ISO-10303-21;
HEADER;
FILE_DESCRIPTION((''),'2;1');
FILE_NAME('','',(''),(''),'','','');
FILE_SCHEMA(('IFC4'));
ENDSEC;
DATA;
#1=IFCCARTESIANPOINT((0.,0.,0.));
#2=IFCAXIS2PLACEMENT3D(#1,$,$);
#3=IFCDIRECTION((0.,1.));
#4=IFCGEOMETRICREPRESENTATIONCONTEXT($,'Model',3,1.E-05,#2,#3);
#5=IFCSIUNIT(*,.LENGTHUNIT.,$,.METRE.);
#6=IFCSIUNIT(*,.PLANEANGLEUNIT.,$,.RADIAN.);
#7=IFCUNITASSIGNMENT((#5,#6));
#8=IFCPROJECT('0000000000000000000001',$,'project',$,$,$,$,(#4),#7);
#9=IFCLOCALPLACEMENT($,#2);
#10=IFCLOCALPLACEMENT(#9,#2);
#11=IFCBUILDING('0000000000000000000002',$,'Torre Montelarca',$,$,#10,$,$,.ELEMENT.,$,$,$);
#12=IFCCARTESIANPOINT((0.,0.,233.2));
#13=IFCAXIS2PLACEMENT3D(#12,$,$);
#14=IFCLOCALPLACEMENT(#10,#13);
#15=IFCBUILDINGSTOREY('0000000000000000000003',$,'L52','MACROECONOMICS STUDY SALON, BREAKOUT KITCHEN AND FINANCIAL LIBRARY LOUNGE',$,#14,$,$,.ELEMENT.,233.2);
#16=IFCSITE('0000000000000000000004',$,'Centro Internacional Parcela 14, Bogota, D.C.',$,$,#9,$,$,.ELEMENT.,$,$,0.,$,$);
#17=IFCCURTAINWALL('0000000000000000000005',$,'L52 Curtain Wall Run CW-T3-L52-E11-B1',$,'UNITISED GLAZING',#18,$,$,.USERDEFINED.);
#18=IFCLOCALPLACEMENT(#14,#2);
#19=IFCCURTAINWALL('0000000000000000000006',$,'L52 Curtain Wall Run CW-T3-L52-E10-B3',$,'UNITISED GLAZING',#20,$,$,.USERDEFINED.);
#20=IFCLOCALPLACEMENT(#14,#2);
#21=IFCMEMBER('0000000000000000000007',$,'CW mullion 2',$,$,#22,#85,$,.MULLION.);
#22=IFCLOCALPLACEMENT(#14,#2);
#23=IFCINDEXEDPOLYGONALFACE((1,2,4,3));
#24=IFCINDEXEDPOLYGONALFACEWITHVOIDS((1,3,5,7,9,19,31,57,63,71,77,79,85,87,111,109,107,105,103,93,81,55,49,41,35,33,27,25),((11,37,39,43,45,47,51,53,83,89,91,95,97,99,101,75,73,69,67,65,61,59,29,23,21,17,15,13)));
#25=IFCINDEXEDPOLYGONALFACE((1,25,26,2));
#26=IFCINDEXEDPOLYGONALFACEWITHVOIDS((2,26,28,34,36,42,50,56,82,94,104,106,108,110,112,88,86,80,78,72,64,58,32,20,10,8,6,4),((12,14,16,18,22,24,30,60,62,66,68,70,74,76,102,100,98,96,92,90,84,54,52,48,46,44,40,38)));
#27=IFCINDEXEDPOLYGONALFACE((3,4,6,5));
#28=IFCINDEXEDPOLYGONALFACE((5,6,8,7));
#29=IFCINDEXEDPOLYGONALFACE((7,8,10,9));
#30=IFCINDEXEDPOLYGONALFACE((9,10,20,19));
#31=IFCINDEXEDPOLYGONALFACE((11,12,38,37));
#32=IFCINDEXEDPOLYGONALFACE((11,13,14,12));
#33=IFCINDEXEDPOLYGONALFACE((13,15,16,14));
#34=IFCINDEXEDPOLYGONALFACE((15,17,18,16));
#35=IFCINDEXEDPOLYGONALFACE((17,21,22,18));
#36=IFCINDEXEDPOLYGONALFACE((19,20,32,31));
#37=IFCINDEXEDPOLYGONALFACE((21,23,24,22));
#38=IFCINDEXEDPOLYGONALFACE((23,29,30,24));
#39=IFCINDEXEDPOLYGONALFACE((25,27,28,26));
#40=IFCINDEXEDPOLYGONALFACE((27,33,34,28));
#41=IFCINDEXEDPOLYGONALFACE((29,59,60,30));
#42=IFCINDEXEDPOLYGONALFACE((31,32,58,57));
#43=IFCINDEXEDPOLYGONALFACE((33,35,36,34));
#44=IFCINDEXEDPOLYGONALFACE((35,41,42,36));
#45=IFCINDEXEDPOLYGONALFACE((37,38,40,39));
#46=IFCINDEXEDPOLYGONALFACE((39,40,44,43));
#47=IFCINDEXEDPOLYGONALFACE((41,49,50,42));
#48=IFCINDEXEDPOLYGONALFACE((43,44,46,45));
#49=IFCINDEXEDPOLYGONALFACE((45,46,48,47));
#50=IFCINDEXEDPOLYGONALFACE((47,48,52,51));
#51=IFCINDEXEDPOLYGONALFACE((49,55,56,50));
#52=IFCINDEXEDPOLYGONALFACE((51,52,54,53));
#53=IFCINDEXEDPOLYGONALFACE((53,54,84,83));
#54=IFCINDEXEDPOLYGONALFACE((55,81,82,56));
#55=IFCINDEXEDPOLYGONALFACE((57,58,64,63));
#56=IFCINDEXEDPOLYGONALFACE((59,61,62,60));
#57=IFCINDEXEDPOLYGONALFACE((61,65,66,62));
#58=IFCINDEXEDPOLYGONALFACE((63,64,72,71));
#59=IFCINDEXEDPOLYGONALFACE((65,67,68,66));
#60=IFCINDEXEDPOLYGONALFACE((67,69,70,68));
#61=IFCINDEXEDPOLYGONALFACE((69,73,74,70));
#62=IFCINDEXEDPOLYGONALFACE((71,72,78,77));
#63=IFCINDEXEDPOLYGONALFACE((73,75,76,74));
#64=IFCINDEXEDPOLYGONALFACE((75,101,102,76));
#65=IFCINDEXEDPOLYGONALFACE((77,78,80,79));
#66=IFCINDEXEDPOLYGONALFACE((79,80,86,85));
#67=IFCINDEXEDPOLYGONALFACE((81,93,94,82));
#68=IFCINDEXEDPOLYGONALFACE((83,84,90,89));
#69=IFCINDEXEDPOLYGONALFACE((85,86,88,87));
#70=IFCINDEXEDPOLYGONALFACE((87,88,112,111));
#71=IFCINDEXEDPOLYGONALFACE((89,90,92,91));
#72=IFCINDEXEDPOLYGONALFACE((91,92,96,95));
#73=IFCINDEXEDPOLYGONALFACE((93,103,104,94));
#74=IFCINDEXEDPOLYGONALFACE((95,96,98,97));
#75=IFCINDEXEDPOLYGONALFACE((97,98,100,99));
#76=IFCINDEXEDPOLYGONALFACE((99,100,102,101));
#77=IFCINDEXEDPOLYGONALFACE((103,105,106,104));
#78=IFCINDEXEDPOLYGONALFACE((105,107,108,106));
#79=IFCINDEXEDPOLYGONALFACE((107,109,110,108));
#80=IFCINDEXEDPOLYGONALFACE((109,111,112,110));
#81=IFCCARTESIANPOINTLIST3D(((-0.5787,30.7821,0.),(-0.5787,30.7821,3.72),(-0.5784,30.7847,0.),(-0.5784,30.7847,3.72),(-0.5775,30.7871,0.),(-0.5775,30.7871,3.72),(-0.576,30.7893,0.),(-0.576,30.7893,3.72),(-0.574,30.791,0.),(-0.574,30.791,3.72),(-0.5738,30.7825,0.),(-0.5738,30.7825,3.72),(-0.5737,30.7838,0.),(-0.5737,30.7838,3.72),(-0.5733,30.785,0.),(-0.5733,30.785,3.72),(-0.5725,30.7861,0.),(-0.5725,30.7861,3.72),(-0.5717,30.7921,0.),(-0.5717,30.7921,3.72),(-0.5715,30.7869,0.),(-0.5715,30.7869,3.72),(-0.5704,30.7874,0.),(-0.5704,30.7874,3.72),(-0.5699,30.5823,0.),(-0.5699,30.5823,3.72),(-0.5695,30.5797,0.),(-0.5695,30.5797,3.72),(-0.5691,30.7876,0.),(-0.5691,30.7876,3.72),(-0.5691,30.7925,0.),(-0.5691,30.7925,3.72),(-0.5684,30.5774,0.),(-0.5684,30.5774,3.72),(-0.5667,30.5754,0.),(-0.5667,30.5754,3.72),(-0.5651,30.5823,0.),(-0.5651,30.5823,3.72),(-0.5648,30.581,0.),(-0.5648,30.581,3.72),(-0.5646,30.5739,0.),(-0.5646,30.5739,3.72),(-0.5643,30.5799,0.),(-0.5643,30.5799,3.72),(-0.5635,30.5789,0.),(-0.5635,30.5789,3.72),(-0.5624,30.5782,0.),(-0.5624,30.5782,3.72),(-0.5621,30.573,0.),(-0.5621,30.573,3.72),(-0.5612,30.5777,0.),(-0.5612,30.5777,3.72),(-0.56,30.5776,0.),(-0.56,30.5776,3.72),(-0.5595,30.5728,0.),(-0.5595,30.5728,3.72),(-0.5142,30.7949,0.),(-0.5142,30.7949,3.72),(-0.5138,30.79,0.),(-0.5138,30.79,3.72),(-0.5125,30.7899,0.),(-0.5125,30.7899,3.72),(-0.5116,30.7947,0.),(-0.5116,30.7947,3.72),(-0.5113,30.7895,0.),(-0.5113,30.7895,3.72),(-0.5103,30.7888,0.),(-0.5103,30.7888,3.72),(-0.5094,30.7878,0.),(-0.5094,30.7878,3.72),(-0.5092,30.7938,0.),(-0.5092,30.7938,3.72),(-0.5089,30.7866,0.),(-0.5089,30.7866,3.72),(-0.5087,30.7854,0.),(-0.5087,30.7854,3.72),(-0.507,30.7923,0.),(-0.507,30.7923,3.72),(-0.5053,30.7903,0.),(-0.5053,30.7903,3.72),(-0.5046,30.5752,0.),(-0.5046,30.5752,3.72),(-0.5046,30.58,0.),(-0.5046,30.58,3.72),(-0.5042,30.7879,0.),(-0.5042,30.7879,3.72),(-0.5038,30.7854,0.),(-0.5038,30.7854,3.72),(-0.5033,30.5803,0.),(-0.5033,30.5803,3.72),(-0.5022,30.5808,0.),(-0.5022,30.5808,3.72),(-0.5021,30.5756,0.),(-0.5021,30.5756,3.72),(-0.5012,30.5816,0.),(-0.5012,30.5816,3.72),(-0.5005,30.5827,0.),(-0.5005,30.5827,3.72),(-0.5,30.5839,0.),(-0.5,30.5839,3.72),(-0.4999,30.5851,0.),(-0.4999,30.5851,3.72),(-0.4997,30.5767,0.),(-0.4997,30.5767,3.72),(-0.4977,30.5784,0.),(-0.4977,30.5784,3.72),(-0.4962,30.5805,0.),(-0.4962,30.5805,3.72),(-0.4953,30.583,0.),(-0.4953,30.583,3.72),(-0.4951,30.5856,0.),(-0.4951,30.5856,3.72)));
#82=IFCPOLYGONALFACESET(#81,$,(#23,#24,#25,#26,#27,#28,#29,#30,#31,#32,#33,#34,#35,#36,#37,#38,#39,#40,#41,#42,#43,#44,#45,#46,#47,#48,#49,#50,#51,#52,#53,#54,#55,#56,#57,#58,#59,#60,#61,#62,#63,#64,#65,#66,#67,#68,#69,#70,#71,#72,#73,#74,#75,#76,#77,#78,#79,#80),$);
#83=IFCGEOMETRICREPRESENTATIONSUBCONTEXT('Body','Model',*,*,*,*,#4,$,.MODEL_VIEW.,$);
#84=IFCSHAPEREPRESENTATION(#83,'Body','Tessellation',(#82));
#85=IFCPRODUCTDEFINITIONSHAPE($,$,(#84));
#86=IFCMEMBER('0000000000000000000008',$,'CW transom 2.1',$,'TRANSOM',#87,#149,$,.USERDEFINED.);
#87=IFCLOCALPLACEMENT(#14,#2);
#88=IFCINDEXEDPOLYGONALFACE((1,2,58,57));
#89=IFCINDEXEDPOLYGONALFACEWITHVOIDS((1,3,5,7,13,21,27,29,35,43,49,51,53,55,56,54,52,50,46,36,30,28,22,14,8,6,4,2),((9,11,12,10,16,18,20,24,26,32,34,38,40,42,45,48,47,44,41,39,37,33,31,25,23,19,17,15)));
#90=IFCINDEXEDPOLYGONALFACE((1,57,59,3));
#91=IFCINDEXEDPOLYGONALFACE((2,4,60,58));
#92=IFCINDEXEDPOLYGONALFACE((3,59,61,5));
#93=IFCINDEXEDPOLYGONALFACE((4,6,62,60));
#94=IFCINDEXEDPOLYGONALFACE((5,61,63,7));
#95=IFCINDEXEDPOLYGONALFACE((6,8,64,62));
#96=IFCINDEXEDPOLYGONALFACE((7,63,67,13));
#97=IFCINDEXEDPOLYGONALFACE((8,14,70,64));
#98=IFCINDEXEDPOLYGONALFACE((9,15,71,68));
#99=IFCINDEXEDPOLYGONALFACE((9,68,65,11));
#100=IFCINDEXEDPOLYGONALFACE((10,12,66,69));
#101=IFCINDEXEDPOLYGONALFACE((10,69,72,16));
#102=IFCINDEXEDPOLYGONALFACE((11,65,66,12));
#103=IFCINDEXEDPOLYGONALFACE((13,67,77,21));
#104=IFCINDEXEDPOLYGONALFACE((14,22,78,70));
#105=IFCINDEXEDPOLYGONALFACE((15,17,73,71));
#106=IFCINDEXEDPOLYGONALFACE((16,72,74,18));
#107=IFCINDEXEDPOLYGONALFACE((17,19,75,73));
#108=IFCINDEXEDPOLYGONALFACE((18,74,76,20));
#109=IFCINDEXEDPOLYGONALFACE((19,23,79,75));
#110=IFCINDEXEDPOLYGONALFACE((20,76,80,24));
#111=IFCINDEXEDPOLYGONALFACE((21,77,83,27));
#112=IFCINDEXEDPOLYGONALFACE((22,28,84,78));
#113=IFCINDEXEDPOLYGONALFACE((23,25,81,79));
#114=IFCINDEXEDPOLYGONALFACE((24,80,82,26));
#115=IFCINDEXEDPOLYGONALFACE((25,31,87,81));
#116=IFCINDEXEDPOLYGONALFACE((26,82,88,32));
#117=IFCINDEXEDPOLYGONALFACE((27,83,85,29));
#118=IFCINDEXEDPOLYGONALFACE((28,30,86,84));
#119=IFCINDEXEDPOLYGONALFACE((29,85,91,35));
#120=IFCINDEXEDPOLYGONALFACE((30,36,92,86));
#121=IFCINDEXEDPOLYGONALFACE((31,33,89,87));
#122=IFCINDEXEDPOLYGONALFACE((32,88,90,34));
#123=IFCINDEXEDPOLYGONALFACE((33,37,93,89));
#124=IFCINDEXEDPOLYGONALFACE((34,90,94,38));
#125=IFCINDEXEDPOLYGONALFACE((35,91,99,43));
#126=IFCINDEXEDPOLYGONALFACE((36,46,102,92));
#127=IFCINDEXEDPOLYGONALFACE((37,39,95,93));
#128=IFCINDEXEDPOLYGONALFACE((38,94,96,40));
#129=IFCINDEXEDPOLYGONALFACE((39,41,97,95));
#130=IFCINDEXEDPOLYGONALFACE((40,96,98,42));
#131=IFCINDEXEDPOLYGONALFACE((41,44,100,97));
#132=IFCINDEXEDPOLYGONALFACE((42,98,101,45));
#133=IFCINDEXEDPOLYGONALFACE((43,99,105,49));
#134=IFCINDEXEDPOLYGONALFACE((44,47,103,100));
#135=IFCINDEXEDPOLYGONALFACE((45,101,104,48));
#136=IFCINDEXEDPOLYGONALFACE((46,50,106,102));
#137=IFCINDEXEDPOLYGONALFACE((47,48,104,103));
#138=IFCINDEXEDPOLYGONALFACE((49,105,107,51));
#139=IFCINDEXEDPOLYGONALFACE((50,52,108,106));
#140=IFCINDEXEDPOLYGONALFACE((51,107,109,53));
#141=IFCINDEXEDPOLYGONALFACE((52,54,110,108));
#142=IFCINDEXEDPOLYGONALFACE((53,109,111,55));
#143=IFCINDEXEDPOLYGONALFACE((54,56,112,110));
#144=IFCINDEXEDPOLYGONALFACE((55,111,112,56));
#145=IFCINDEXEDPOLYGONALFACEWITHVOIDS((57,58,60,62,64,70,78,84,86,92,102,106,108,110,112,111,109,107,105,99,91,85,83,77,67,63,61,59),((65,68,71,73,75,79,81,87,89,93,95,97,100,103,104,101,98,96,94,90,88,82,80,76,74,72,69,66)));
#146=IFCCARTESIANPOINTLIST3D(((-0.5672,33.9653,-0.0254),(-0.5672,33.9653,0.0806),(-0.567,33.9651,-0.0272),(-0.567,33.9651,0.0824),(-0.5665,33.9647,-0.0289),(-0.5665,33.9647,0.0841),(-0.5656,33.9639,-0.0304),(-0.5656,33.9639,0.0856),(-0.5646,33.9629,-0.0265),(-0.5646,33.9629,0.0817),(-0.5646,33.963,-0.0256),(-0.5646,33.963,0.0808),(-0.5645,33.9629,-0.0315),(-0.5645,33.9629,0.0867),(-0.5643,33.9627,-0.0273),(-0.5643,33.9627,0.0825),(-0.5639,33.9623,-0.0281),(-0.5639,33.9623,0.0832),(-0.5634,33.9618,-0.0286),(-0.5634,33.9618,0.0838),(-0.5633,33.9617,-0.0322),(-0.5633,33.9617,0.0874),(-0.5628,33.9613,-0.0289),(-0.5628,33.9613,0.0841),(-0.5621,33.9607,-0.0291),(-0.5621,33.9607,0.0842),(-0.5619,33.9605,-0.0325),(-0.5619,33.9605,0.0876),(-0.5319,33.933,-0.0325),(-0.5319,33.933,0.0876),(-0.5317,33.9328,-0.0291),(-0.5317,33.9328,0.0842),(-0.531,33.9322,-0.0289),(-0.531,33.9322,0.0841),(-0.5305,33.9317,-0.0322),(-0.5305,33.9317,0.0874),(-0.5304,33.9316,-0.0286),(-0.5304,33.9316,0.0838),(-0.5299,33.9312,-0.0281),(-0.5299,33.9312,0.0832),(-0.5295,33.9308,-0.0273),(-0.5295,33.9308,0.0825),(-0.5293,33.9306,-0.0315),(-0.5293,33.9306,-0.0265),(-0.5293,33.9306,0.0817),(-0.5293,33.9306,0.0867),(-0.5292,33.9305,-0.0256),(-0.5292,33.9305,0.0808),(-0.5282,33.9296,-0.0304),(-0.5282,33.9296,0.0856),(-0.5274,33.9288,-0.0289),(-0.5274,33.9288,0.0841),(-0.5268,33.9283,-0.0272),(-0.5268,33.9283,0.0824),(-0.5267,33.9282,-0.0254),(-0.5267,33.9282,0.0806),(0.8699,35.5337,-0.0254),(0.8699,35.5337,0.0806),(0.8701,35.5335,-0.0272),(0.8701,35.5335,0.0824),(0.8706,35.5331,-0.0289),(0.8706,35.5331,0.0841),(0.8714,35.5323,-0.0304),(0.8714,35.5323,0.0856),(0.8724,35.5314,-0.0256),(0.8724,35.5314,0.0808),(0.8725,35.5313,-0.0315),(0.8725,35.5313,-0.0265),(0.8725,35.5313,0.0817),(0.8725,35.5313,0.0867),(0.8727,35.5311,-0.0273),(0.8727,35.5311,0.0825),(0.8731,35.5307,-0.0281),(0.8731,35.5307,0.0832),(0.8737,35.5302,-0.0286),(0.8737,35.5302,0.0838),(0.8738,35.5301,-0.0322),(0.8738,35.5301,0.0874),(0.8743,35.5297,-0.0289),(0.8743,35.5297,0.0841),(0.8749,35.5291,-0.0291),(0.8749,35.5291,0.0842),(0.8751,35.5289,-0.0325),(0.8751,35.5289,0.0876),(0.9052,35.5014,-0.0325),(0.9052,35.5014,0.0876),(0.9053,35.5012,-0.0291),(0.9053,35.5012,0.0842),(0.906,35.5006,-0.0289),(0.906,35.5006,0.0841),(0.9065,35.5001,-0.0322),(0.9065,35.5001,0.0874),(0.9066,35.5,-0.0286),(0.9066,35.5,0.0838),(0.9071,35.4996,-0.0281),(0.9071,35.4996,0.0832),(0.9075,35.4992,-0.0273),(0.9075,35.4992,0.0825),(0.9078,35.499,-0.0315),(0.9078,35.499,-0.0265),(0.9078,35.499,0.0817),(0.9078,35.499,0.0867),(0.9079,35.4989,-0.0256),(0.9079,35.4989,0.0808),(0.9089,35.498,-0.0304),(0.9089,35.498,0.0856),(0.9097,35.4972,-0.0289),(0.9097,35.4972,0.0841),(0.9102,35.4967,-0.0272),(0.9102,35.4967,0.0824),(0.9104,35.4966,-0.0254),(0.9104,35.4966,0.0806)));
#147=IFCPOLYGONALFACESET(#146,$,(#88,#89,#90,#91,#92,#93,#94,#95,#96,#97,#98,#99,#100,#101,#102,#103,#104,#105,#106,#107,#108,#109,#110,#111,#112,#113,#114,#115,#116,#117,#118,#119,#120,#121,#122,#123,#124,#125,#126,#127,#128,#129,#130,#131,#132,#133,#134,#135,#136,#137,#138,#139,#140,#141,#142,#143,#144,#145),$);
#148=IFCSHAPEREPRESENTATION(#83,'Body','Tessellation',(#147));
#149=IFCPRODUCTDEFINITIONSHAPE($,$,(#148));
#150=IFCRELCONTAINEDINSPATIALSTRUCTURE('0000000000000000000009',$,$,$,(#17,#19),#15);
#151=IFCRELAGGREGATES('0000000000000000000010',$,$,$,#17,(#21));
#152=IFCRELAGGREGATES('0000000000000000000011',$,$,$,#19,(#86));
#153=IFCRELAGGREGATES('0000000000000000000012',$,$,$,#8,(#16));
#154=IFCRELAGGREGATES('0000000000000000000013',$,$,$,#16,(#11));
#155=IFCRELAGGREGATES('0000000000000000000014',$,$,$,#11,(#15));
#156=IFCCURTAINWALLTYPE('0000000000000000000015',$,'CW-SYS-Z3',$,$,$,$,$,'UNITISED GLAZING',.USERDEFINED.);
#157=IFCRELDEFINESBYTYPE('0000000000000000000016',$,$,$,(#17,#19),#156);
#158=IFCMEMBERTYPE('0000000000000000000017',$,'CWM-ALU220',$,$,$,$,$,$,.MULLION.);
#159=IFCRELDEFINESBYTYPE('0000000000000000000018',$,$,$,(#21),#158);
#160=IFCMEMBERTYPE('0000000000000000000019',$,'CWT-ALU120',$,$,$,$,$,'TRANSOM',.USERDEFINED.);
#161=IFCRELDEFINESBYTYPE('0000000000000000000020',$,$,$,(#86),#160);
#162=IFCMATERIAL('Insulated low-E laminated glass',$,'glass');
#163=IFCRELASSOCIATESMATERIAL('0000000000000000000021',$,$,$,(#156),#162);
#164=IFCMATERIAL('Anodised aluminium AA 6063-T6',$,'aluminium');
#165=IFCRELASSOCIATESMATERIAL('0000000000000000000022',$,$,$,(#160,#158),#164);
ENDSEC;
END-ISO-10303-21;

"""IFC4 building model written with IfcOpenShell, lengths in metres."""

from ifc_helpers import new_model, si_unit, direction, frame, origin, origin_2d, place, context, subcontext, project, spatial, hollow_rectangle, extrude, source, transform, mapped, material, material_profile, profile_set, type_object, element, aggregate, save


model = new_model("IFC4")

# Units and contexts
model_context = context("Model", 3, precision=1e-05, world=origin(), true_north=direction((0.0, 1.0)))
body_context = subcontext(model_context, "Body", "Model", "MODEL_VIEW")
ifc_project = project(units=[si_unit("LENGTHUNIT", "METRE"), si_unit("PLANEANGLEUNIT", "RADIAN")], contexts=[model_context])

# Site, building, storey
site_placement = place(None, origin())
site = spatial("IfcSite", under=ifc_project, at=site_placement, Name="Centro Internacional Parcela 14, Bogota, D.C.", CompositionType="ELEMENT", RefElevation=0.0)
building_placement = place(site_placement, origin())
building = spatial("IfcBuilding", under=site, at=building_placement, Name="Torre Montelarca", CompositionType="ELEMENT")
storey_placement = place(building_placement, frame((0.0, 0.0, 233.2)))
storey = spatial("IfcBuildingStorey", under=building, at=storey_placement, Name="L52", Description="MACROECONOMICS STUDY SALON, BREAKOUT KITCHEN AND FINANCIAL LIBRARY LOUNGE", CompositionType="ELEMENT", Elevation=233.2)

# Curtain wall
ifc_material_1 = material(Name="Insulated low-E laminated glass", Category="glass")
curtain_wall_type = type_object("IfcCurtainWallType", Name="CW-SYS-Z3", ElementType="UNITISED GLAZING", PredefinedType="USERDEFINED", material=ifc_material_1)
curtain_wall_1_placement = place(storey_placement, origin())
curtain_wall_1 = element("IfcCurtainWall", 1, at=curtain_wall_1_placement, inside=storey, type_object=curtain_wall_type, Name="L52 Curtain Wall Run CW-T3-L52-E11-B1", ObjectType="UNITISED GLAZING", PredefinedType="USERDEFINED")
ifc_material_2 = material(Name="Anodised aluminium AA 6063-T6", Category="aluminium")
ifc_material_profile_1 = material_profile(ifc_material_2, hollow_rectangle(XDim=0.0549, YDim=0.1201, WallThickness=0.0034, InnerFilletRadius=0.0034, OuterFilletRadius=0.0071, at=origin_2d()), Name="ALU55X120X3.5", Category="aluminium")
ifc_profile_set_1 = profile_set([ifc_material_profile_1], Name="Anodised aluminium AA 6063-T6")
member_type_1 = type_object("IfcMemberType", Name="CWT-ALU120", ElementType="TRANSOM", PredefinedType="USERDEFINED", material=ifc_profile_set_1)

# Curtain wall
curtain_wall_2_placement = place(storey_placement, origin())
curtain_wall_2 = element("IfcCurtainWall", 2, at=curtain_wall_2_placement, inside=storey, type_object=curtain_wall_type, Name="L52 Curtain Wall Run CW-T3-L52-E10-B3", ObjectType="UNITISED GLAZING", PredefinedType="USERDEFINED")
ifc_material_profile_2 = material_profile(ifc_material_2, hollow_rectangle(XDim=0.075, YDim=0.22, WallThickness=0.0049, InnerFilletRadius=0.0049, OuterFilletRadius=0.01, at=origin_2d()), Name="ALU75X220X5", Category="aluminium")
ifc_profile_set_2 = profile_set([ifc_material_profile_2], Name="Anodised aluminium AA 6063-T6")
member_type_2 = type_object("IfcMemberType", Name="CWM-ALU220", PredefinedType="MULLION", material=ifc_profile_set_2)
shared_shape_1 = source(origin(), body_context, "Body", "SweptSolid", [
    extrude(hollow_rectangle(XDim=0.075, YDim=0.22, WallThickness=0.0049, InnerFilletRadius=0.0049, OuterFilletRadius=0.01, at=origin_2d()), origin(), (0.0, 0.0, 1.0), 3.72),
])

# Members
member_1_placement = place(storey_placement, frame((-0.5369, 30.6838, 0.0), z_axis=(0.0, 0.0, 1.0), x_axis=(0.999048, 0.043616, 0.0)))
member_1 = element("IfcMember", 3, at=member_1_placement, type_object=member_type_2, Name="CW mullion 2", PredefinedType="MULLION", context=body_context, shape_type="MappedRepresentation", body=[
    mapped(shared_shape_1, transform((0.0, 0.0, 0.0), scale=1.0)),
])
shared_shape_2 = source(origin(), body_context, "Body", "SweptSolid", [
    extrude(hollow_rectangle(XDim=0.0549, YDim=0.1201, WallThickness=0.0034, InnerFilletRadius=0.0034, OuterFilletRadius=0.0071, at=origin_2d()), origin(), (0.0, 0.0, 1.0), 2.1272),
])
member_2_placement = place(storey_placement, frame((0.8901, 35.5151, 0.0276), z_axis=(-0.675558, -0.737307, 0.0), x_axis=(0.737307, -0.675558, 0.0)))
member_2 = element("IfcMember", 4, at=member_2_placement, type_object=member_type_1, Name="CW transom 2.1", ObjectType="TRANSOM", PredefinedType="USERDEFINED", context=body_context, shape_type="MappedRepresentation", body=[
    mapped(shared_shape_2, transform((0.0, 0.0, 0.0), scale=1.0)),
])

aggregate(curtain_wall_1, [member_1])
aggregate(curtain_wall_2, [member_2])

save(model, "model.ifc")
